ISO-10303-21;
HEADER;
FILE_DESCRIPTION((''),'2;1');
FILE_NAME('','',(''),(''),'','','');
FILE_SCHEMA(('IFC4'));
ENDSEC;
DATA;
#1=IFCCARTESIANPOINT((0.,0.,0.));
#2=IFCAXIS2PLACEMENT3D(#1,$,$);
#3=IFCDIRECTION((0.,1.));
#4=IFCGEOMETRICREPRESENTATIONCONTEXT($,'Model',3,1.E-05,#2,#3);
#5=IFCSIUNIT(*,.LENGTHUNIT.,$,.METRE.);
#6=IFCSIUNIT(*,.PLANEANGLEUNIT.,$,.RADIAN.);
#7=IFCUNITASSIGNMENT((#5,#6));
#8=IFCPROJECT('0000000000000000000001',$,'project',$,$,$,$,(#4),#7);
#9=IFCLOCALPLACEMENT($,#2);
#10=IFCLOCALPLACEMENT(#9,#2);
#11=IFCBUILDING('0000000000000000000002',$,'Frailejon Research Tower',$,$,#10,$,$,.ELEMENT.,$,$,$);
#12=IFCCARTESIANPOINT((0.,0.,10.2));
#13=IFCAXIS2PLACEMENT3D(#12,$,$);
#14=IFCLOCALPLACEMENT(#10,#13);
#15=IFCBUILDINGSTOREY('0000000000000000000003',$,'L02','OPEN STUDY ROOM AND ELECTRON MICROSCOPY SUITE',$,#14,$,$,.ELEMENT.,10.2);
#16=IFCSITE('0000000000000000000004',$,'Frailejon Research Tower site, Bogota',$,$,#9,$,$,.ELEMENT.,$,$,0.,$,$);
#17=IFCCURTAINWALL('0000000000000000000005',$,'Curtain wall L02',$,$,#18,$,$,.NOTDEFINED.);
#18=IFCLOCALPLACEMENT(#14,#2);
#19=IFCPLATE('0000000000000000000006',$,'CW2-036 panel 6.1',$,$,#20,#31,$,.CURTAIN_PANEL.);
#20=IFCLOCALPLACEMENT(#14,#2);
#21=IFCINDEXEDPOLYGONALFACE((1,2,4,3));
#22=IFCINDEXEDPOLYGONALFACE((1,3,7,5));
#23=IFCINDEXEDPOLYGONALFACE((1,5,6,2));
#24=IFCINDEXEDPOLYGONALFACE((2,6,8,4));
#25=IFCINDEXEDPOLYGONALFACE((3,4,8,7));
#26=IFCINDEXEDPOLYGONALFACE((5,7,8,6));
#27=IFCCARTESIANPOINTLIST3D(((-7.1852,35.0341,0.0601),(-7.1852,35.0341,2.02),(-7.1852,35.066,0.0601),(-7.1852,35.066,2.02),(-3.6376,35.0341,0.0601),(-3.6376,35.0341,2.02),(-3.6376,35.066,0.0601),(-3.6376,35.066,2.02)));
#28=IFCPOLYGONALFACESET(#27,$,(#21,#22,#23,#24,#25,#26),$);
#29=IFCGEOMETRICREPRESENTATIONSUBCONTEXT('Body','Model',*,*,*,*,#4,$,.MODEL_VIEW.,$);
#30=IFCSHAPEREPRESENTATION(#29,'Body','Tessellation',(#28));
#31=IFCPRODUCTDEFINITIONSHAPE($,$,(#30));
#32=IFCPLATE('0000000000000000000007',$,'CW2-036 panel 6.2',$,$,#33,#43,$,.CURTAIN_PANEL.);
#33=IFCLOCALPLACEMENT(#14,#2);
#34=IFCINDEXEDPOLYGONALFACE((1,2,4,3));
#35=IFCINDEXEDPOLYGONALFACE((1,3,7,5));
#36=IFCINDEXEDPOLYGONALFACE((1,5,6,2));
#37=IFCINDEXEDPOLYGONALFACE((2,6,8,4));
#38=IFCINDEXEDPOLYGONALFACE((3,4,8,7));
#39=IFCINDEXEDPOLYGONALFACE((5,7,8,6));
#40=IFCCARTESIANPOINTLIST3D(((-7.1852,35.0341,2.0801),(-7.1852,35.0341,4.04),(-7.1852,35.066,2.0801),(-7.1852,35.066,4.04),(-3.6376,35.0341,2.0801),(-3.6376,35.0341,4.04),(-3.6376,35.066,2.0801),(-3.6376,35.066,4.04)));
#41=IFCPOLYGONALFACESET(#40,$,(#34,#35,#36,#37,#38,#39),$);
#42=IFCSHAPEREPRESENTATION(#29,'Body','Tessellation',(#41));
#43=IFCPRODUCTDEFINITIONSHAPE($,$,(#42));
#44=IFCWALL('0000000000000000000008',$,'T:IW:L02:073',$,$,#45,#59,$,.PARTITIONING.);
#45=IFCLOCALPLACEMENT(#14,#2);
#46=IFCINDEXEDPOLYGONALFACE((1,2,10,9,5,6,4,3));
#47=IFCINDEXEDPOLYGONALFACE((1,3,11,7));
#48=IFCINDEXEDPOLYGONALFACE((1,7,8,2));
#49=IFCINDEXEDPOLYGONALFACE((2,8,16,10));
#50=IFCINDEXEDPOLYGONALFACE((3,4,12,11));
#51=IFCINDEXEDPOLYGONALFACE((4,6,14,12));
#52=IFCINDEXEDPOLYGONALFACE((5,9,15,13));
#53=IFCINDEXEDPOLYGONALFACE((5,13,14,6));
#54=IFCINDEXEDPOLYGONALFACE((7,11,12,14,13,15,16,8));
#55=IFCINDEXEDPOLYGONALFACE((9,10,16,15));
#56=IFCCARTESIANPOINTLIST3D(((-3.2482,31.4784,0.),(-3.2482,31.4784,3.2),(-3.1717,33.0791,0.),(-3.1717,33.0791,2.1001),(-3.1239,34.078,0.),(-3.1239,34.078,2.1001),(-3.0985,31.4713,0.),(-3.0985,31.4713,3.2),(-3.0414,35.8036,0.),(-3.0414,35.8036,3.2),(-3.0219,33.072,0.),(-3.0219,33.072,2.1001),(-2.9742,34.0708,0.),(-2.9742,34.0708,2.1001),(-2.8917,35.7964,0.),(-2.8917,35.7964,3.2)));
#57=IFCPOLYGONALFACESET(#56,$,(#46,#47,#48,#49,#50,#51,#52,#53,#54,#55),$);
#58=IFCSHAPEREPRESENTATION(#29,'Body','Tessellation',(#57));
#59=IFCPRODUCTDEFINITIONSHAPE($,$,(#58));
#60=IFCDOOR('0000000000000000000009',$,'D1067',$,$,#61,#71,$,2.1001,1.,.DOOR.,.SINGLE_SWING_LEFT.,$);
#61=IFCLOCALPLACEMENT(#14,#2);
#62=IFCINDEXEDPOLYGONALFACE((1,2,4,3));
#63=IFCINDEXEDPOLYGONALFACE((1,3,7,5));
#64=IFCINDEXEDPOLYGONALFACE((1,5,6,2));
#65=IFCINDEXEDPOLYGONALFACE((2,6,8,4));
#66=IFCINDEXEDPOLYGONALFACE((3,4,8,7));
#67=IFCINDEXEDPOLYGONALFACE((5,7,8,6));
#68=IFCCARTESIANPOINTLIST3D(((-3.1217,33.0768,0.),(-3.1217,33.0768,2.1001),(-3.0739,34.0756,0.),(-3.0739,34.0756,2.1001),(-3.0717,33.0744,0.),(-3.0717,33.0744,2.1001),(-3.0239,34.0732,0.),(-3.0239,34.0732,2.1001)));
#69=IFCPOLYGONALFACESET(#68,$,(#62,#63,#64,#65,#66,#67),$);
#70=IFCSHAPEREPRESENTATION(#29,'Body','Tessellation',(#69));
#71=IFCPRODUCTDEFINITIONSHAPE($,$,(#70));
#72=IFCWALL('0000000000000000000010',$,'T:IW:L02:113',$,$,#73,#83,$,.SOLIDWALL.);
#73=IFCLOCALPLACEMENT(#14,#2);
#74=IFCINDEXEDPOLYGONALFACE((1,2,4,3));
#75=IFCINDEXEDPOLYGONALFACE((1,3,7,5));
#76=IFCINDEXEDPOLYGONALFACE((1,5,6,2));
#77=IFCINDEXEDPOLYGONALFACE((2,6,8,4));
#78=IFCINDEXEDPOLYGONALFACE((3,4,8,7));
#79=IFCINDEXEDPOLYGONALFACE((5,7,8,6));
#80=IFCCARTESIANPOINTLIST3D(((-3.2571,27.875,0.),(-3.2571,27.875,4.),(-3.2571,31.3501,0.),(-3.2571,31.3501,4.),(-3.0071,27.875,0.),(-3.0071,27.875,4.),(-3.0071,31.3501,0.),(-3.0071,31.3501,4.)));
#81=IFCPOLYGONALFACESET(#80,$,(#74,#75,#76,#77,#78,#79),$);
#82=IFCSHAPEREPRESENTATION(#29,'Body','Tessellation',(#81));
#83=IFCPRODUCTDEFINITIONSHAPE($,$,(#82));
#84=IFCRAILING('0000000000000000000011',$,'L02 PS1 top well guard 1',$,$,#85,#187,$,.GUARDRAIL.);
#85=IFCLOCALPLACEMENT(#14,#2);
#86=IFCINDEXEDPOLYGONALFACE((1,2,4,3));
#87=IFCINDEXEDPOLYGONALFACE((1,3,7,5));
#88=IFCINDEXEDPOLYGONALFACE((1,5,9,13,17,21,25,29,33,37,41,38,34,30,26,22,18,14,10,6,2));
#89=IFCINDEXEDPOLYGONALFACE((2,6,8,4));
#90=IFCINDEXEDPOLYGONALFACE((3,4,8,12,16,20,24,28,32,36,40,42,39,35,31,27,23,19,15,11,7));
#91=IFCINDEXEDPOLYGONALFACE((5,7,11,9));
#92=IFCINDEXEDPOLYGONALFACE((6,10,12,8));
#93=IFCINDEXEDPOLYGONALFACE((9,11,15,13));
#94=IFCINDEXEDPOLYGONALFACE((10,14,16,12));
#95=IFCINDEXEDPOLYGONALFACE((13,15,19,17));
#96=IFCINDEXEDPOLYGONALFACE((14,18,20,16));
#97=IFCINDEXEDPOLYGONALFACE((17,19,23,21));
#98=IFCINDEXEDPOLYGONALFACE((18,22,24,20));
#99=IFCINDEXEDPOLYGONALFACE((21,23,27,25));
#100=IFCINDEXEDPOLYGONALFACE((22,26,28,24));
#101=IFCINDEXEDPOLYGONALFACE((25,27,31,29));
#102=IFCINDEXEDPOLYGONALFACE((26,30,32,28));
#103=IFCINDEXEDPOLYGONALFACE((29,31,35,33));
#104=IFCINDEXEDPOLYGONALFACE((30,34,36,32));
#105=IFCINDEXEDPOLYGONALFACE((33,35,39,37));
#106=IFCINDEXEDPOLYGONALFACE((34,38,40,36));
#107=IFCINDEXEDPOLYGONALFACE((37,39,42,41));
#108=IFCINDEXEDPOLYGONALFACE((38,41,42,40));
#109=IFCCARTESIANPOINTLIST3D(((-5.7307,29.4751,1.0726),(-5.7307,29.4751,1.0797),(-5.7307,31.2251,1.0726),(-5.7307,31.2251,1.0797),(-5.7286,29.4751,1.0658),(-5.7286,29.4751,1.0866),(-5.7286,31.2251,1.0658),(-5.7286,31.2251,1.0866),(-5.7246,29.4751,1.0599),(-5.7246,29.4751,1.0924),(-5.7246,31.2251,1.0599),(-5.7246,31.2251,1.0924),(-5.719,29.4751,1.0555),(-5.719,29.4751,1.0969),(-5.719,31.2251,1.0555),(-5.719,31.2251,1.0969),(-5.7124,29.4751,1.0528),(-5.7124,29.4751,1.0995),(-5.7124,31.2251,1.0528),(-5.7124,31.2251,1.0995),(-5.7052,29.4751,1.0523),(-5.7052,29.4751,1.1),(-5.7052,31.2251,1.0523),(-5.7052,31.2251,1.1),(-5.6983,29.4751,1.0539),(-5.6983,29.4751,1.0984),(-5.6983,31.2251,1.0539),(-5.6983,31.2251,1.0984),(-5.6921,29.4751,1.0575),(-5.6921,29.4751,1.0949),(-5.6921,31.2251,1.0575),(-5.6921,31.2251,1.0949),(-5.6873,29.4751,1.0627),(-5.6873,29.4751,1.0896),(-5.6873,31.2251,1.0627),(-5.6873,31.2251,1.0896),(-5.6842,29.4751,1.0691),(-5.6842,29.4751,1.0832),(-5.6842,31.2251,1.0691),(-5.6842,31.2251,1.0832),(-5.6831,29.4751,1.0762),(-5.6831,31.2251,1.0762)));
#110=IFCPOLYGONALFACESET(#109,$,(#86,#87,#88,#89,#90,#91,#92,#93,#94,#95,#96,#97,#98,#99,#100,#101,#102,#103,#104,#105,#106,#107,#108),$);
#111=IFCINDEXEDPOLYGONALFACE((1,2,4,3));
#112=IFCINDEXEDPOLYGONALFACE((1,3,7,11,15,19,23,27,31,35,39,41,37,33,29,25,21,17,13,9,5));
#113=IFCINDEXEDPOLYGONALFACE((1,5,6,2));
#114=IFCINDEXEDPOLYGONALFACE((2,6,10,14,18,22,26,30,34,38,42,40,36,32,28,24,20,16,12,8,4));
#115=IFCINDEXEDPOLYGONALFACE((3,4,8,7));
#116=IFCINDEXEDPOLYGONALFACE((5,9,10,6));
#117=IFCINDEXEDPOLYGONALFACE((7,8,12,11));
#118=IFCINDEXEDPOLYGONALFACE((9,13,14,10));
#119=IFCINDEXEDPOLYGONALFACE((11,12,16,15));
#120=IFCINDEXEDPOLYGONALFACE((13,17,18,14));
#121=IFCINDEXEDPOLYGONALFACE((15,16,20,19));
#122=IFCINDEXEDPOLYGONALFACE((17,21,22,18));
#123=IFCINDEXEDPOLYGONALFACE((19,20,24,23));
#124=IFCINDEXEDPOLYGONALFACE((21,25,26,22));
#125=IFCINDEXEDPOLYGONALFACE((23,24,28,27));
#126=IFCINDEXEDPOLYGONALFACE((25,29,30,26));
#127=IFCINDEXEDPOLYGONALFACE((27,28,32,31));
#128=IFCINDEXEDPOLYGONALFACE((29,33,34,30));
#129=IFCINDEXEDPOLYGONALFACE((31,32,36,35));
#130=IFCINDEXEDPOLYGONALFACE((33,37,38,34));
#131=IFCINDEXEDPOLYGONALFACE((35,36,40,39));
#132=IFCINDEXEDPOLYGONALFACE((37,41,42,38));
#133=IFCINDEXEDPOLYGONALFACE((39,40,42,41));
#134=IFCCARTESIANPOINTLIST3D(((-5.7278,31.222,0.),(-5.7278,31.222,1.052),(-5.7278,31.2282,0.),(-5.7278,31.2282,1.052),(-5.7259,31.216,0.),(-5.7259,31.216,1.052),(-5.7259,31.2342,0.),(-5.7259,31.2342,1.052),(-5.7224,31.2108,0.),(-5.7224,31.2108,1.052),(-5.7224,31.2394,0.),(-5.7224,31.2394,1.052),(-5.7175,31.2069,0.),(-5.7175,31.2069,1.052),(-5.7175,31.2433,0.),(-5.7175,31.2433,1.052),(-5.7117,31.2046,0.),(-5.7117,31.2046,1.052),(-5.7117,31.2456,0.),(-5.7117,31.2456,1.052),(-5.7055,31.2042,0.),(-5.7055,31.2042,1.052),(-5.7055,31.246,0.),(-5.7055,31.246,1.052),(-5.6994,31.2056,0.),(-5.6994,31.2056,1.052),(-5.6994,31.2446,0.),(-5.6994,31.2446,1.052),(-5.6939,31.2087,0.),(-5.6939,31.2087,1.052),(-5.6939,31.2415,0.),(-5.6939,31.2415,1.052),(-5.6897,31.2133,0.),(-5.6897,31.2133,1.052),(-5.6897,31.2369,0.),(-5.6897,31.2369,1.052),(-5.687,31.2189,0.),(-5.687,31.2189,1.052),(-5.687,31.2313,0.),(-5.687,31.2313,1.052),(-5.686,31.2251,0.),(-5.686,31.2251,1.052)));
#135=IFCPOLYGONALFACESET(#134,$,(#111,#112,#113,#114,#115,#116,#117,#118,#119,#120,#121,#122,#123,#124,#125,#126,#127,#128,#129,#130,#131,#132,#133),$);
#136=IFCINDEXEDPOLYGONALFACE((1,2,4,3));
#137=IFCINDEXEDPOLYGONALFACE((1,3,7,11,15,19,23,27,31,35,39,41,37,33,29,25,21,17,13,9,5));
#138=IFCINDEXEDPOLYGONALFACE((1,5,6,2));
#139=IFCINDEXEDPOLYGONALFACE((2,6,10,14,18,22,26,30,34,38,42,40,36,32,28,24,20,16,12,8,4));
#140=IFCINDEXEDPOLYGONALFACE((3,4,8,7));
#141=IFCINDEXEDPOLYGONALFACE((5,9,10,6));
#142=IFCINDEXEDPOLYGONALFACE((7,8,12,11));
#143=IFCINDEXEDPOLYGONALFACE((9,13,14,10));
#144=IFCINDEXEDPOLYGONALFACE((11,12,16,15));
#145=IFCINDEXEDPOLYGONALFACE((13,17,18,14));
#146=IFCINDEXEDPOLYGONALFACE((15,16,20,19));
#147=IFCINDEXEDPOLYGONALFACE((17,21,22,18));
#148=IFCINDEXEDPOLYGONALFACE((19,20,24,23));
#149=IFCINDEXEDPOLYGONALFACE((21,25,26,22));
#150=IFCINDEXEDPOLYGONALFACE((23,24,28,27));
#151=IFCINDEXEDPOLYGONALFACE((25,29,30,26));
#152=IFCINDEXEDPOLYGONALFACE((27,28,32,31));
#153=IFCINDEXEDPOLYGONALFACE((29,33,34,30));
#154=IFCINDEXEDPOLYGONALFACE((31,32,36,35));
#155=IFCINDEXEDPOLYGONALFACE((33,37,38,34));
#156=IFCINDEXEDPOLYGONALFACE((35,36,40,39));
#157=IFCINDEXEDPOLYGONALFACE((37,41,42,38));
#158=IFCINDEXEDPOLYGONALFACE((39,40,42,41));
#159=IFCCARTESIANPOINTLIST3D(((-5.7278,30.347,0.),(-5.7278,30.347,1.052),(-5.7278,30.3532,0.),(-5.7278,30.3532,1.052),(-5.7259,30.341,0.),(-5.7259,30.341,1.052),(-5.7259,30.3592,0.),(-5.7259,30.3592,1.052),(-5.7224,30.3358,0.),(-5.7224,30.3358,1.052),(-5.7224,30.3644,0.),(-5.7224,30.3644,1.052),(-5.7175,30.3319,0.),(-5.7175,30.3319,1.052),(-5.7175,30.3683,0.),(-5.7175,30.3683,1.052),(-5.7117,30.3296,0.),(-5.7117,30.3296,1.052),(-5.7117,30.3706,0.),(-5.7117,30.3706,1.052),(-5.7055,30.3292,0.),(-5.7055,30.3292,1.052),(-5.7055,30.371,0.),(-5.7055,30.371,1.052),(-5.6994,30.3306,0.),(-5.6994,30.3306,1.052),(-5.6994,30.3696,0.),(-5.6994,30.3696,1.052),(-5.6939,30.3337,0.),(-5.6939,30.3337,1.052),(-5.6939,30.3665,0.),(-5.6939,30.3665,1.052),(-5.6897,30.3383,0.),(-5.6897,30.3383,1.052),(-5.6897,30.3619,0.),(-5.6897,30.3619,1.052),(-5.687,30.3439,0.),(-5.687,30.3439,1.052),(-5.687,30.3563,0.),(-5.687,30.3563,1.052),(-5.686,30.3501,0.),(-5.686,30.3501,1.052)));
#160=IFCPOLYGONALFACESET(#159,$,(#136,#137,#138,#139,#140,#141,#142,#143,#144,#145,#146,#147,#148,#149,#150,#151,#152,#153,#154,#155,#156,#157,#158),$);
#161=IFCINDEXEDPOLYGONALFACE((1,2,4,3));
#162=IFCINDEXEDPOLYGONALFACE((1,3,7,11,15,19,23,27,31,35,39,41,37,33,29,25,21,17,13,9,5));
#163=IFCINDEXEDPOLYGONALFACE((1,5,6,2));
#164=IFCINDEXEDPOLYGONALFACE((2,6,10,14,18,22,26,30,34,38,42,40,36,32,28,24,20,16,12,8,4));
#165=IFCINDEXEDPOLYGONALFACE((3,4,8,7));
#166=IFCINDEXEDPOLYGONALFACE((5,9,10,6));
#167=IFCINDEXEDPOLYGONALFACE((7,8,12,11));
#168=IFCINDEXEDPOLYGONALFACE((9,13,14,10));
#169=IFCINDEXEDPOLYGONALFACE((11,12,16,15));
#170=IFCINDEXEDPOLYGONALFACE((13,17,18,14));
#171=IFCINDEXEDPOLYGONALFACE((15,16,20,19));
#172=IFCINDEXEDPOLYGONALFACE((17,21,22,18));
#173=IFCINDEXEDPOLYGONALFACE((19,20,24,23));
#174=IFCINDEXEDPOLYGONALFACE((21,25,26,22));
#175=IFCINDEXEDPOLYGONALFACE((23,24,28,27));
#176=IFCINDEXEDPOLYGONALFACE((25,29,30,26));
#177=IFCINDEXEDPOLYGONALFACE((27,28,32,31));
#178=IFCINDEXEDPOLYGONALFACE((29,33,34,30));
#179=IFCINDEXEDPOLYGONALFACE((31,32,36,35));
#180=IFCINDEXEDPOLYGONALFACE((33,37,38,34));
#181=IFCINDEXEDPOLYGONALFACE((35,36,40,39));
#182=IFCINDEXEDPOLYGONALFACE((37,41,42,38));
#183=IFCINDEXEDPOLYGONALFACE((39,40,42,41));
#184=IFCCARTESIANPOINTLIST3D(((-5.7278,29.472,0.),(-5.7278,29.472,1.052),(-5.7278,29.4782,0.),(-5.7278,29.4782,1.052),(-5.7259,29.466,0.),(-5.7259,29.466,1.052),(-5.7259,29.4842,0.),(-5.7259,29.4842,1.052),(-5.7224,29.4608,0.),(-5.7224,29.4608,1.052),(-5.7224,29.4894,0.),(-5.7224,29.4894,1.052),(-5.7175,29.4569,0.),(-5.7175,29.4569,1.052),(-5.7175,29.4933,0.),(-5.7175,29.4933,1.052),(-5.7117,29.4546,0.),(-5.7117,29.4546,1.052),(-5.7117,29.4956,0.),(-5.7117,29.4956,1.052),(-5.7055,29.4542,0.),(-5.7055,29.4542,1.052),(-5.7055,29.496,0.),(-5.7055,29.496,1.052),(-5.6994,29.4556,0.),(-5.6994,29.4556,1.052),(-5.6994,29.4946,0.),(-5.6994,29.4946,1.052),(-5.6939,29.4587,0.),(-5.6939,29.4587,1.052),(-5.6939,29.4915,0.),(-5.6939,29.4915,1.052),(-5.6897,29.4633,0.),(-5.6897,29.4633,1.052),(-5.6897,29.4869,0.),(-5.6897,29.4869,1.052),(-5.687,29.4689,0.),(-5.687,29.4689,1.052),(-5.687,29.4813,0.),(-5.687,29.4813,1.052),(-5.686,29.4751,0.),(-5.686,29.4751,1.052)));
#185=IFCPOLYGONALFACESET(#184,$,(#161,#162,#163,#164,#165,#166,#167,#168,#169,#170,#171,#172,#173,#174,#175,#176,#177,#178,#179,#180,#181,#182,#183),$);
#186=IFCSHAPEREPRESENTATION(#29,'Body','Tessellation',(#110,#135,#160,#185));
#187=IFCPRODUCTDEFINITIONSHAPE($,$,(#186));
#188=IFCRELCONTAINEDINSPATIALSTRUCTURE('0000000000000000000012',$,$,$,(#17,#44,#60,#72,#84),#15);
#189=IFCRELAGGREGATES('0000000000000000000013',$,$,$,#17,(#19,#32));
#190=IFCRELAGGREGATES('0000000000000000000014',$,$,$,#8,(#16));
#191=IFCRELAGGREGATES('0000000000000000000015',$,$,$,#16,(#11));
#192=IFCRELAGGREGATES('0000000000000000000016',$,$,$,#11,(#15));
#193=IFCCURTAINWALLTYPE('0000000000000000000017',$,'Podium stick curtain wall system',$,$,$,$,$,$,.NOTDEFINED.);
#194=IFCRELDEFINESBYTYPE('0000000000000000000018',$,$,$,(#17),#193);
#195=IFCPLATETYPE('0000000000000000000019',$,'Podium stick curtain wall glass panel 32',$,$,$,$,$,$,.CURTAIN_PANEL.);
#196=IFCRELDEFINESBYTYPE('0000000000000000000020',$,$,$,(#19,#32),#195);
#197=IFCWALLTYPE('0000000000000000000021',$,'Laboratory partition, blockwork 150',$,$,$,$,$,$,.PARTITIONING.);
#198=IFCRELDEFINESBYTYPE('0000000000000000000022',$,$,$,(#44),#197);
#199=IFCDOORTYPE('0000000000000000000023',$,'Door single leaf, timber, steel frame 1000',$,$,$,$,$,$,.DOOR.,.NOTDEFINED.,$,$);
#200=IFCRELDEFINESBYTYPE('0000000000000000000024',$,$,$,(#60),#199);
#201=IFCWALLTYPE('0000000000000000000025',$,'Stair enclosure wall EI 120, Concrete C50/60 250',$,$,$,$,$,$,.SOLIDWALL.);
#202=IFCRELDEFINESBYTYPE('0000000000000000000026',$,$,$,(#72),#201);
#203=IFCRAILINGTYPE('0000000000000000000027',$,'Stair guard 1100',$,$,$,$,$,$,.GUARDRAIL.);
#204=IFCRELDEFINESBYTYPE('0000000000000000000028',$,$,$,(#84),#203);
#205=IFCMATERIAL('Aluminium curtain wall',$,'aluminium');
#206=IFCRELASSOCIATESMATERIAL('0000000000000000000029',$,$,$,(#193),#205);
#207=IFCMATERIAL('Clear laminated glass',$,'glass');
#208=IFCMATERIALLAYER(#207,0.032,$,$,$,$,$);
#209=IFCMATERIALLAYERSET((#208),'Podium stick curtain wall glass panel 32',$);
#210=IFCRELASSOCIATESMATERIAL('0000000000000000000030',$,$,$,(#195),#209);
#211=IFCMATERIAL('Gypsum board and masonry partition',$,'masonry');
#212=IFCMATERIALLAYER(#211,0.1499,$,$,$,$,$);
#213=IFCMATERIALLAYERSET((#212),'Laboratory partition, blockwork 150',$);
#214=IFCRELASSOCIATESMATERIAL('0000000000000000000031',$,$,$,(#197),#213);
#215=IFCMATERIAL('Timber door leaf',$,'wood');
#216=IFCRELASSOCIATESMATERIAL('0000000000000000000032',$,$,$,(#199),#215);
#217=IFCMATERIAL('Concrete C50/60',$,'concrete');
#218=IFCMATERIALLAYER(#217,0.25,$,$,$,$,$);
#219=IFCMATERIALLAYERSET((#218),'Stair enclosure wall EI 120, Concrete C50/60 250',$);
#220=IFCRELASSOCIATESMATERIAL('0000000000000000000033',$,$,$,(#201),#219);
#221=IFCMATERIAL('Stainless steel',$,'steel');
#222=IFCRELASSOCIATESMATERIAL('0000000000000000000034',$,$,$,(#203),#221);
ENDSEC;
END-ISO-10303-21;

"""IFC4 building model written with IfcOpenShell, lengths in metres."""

from ifc_helpers import new_model, si_unit, direction, frame, frame_2d, origin, origin_2d, place, context, subcontext, project, spatial, rectangle, circle, extrude, material, layer, layer_set, type_object, element, fill, aggregate, save


model = new_model("IFC4")

# Units and contexts
model_context = context("Model", 3, precision=1e-05, world=origin(), true_north=direction((0.0, 1.0)))
body_context = subcontext(model_context, "Body", "Model", "MODEL_VIEW")
ifc_project = project(units=[si_unit("LENGTHUNIT", "METRE"), si_unit("PLANEANGLEUNIT", "RADIAN")], contexts=[model_context])

# Site, building, storey
site_placement = place(None, origin())
site = spatial("IfcSite", under=ifc_project, at=site_placement, Name="Frailejon Research Tower site, Bogota", CompositionType="ELEMENT", RefElevation=0.0)
building_placement = place(site_placement, origin())
building = spatial("IfcBuilding", under=site, at=building_placement, Name="Frailejon Research Tower", CompositionType="ELEMENT")
storey_placement = place(building_placement, frame((0.0, 0.0, 10.2)))
storey = spatial("IfcBuildingStorey", under=building, at=storey_placement, Name="L02", Description="OPEN STUDY ROOM AND ELECTRON MICROSCOPY SUITE", CompositionType="ELEMENT", Elevation=10.2)

# Curtain wall, plates
ifc_material_1 = material(Name="Aluminium curtain wall", Category="aluminium")
curtain_wall_type = type_object("IfcCurtainWallType", Name="Podium stick curtain wall system", PredefinedType="NOTDEFINED", material=ifc_material_1)
curtain_wall_placement = place(storey_placement, origin())
curtain_wall = element("IfcCurtainWall", 1, at=curtain_wall_placement, inside=storey, type_object=curtain_wall_type, Name="Curtain wall L02", PredefinedType="NOTDEFINED")
ifc_material_2 = material(Name="Clear laminated glass", Category="glass")
ifc_layer_1 = layer(ifc_material_2, 0.032)
ifc_layer_set_1 = layer_set([ifc_layer_1], Name="Podium stick curtain wall glass panel 32")
plate_type = type_object("IfcPlateType", Name="Podium stick curtain wall glass panel 32", PredefinedType="CURTAIN_PANEL", material=ifc_layer_set_1)
plate_1_placement = place(storey_placement, frame((-5.4114, 35.05, 0.0601), z_axis=(0.0, 0.0, 1.0), x_axis=(-1.0, 0.0, 0.0)))
plate_1 = element("IfcPlate", 2, at=plate_1_placement, type_object=plate_type, Name="CW2-036 panel 6.1", PredefinedType="CURTAIN_PANEL", context=body_context, shape_type="SweptSolid", body=[
    extrude(rectangle(XDim=3.5476, YDim=0.032, at=origin_2d()), origin(), (0.0, 0.0, 1.0), 1.96),
])
plate_2_placement = place(storey_placement, frame((-5.4114, 35.05, 2.0801), z_axis=(0.0, 0.0, 1.0), x_axis=(-1.0, 0.0, 0.0)))
plate_2 = element("IfcPlate", 3, at=plate_2_placement, type_object=plate_type, Name="CW2-036 panel 6.2", PredefinedType="CURTAIN_PANEL", context=body_context, shape_type="SweptSolid", body=[
    extrude(rectangle(XDim=3.5476, YDim=0.032, at=origin_2d()), origin(), (0.0, 0.0, 1.0), 1.96),
])
aggregate(curtain_wall, [plate_1, plate_2])

# Wall, opening, door
ifc_material_3 = material(Name="Gypsum board and masonry partition", Category="masonry")
ifc_layer_2 = layer(ifc_material_3, 0.1499)
ifc_layer_set_2 = layer_set([ifc_layer_2], Name="Laboratory partition, blockwork 150")
wall_type_1 = type_object("IfcWallType", Name="Laboratory partition, blockwork 150", PredefinedType="PARTITIONING", material=ifc_layer_set_2)
wall_1_placement = place(storey_placement, frame((-3.1733, 31.4749, 0.0), z_axis=(0.0, 0.0, 1.0), x_axis=(0.047755, 0.998859, 0.0)))
wall_1 = element("IfcWall", 4, at=wall_1_placement, inside=storey, type_object=wall_type_1, Name="T:IW:L02:073", PredefinedType="PARTITIONING", context=body_context, shape_type="SweptSolid", body=[
    extrude(rectangle(XDim=4.3301, YDim=0.1499, at=frame_2d((2.165, 0.0))), origin(), (0.0, 0.0, 1.0), 3.2),
])
opening_placement = place(wall_1_placement, frame((1.6025, 0.0, 0.0)))
opening = element("IfcOpeningElement", 5, at=opening_placement, cuts=wall_1, PredefinedType="OPENING", context=body_context, shape_type="SweptSolid", body=[
    extrude(rectangle(XDim=1.0, YDim=2.1001, at=frame_2d((0.5, 1.05))), frame((0.0, 0.085, 0.0), z_axis=(0.0, -1.0, 0.0), x_axis=(1.0, 0.0, 0.0)), (0.0, 0.0, 1.0), 0.1699),
])
ifc_material_4 = material(Name="Timber door leaf", Category="wood")
door_type = type_object("IfcDoorType", Name="Door single leaf, timber, steel frame 1000", OperationType="NOTDEFINED", PredefinedType="DOOR", material=ifc_material_4)
door_placement = place(opening_placement, origin())
door = element("IfcDoor", 6, at=door_placement, inside=storey, type_object=door_type, Name="D1067", OperationType="SINGLE_SWING_LEFT", OverallHeight=2.1001, OverallWidth=1.0, PredefinedType="DOOR", context=body_context, shape_type="SweptSolid", body=[
    extrude(rectangle(XDim=1.0, YDim=2.1001, at=frame_2d((0.5, 1.05))), frame((0.0, 0.0249, 0.0), z_axis=(0.0, -1.0, 0.0), x_axis=(1.0, 0.0, 0.0)), (0.0, 0.0, 1.0), 0.05),
])
fill(opening, door)

# Wall
ifc_material_5 = material(Name="Concrete C50/60", Category="concrete")
ifc_layer_3 = layer(ifc_material_5, 0.25)
ifc_layer_set_3 = layer_set([ifc_layer_3], Name="Stair enclosure wall EI 120, Concrete C50/60 250")
wall_type_2 = type_object("IfcWallType", Name="Stair enclosure wall EI 120, Concrete C50/60 250", PredefinedType="SOLIDWALL", material=ifc_layer_set_3)
wall_2_placement = place(storey_placement, frame((-3.1321, 27.875, 0.0), z_axis=(0.0, 0.0, 1.0), x_axis=(0.0, 1.0, 0.0)))
element("IfcWall", 7, at=wall_2_placement, inside=storey, type_object=wall_type_2, Name="T:IW:L02:113", PredefinedType="SOLIDWALL", context=body_context, shape_type="SweptSolid", body=[
    extrude(rectangle(XDim=3.4751, YDim=0.25, at=frame_2d((1.7375, 0.0))), origin(), (0.0, 0.0, 1.0), 4.0),
])

# Railing
ifc_material_6 = material(Name="Stainless steel", Category="steel")
railing_type = type_object("IfcRailingType", Name="Stair guard 1100", PredefinedType="GUARDRAIL", material=ifc_material_6)
railing_placement = place(storey_placement, frame((-5.707, 31.2251, 0.0)))
element("IfcRailing", 8, at=railing_placement, inside=storey, type_object=railing_type, Name="L02 PS1 top well guard 1", PredefinedType="GUARDRAIL", context=body_context, shape_type="SweptSolid", body=[
    extrude(circle(Radius=0.0239, at=origin_2d()), frame((0.0, 0.0, 1.0762), z_axis=(0.0, -1.0, 0.0), x_axis=(1.0, 0.0, 0.0)), (0.0, 0.0, 1.0), 1.75),
    extrude(circle(Radius=0.021, at=origin_2d()), origin(), (0.0, 0.0, 1.0), 1.052),
    extrude(circle(Radius=0.021, at=origin_2d()), frame((0.0, -0.875, 0.0)), (0.0, 0.0, 1.0), 1.052),
    extrude(circle(Radius=0.021, at=origin_2d()), frame((0.0, -1.75, 0.0)), (0.0, 0.0, 1.0), 1.052),
])

save(model, "model.ifc")
